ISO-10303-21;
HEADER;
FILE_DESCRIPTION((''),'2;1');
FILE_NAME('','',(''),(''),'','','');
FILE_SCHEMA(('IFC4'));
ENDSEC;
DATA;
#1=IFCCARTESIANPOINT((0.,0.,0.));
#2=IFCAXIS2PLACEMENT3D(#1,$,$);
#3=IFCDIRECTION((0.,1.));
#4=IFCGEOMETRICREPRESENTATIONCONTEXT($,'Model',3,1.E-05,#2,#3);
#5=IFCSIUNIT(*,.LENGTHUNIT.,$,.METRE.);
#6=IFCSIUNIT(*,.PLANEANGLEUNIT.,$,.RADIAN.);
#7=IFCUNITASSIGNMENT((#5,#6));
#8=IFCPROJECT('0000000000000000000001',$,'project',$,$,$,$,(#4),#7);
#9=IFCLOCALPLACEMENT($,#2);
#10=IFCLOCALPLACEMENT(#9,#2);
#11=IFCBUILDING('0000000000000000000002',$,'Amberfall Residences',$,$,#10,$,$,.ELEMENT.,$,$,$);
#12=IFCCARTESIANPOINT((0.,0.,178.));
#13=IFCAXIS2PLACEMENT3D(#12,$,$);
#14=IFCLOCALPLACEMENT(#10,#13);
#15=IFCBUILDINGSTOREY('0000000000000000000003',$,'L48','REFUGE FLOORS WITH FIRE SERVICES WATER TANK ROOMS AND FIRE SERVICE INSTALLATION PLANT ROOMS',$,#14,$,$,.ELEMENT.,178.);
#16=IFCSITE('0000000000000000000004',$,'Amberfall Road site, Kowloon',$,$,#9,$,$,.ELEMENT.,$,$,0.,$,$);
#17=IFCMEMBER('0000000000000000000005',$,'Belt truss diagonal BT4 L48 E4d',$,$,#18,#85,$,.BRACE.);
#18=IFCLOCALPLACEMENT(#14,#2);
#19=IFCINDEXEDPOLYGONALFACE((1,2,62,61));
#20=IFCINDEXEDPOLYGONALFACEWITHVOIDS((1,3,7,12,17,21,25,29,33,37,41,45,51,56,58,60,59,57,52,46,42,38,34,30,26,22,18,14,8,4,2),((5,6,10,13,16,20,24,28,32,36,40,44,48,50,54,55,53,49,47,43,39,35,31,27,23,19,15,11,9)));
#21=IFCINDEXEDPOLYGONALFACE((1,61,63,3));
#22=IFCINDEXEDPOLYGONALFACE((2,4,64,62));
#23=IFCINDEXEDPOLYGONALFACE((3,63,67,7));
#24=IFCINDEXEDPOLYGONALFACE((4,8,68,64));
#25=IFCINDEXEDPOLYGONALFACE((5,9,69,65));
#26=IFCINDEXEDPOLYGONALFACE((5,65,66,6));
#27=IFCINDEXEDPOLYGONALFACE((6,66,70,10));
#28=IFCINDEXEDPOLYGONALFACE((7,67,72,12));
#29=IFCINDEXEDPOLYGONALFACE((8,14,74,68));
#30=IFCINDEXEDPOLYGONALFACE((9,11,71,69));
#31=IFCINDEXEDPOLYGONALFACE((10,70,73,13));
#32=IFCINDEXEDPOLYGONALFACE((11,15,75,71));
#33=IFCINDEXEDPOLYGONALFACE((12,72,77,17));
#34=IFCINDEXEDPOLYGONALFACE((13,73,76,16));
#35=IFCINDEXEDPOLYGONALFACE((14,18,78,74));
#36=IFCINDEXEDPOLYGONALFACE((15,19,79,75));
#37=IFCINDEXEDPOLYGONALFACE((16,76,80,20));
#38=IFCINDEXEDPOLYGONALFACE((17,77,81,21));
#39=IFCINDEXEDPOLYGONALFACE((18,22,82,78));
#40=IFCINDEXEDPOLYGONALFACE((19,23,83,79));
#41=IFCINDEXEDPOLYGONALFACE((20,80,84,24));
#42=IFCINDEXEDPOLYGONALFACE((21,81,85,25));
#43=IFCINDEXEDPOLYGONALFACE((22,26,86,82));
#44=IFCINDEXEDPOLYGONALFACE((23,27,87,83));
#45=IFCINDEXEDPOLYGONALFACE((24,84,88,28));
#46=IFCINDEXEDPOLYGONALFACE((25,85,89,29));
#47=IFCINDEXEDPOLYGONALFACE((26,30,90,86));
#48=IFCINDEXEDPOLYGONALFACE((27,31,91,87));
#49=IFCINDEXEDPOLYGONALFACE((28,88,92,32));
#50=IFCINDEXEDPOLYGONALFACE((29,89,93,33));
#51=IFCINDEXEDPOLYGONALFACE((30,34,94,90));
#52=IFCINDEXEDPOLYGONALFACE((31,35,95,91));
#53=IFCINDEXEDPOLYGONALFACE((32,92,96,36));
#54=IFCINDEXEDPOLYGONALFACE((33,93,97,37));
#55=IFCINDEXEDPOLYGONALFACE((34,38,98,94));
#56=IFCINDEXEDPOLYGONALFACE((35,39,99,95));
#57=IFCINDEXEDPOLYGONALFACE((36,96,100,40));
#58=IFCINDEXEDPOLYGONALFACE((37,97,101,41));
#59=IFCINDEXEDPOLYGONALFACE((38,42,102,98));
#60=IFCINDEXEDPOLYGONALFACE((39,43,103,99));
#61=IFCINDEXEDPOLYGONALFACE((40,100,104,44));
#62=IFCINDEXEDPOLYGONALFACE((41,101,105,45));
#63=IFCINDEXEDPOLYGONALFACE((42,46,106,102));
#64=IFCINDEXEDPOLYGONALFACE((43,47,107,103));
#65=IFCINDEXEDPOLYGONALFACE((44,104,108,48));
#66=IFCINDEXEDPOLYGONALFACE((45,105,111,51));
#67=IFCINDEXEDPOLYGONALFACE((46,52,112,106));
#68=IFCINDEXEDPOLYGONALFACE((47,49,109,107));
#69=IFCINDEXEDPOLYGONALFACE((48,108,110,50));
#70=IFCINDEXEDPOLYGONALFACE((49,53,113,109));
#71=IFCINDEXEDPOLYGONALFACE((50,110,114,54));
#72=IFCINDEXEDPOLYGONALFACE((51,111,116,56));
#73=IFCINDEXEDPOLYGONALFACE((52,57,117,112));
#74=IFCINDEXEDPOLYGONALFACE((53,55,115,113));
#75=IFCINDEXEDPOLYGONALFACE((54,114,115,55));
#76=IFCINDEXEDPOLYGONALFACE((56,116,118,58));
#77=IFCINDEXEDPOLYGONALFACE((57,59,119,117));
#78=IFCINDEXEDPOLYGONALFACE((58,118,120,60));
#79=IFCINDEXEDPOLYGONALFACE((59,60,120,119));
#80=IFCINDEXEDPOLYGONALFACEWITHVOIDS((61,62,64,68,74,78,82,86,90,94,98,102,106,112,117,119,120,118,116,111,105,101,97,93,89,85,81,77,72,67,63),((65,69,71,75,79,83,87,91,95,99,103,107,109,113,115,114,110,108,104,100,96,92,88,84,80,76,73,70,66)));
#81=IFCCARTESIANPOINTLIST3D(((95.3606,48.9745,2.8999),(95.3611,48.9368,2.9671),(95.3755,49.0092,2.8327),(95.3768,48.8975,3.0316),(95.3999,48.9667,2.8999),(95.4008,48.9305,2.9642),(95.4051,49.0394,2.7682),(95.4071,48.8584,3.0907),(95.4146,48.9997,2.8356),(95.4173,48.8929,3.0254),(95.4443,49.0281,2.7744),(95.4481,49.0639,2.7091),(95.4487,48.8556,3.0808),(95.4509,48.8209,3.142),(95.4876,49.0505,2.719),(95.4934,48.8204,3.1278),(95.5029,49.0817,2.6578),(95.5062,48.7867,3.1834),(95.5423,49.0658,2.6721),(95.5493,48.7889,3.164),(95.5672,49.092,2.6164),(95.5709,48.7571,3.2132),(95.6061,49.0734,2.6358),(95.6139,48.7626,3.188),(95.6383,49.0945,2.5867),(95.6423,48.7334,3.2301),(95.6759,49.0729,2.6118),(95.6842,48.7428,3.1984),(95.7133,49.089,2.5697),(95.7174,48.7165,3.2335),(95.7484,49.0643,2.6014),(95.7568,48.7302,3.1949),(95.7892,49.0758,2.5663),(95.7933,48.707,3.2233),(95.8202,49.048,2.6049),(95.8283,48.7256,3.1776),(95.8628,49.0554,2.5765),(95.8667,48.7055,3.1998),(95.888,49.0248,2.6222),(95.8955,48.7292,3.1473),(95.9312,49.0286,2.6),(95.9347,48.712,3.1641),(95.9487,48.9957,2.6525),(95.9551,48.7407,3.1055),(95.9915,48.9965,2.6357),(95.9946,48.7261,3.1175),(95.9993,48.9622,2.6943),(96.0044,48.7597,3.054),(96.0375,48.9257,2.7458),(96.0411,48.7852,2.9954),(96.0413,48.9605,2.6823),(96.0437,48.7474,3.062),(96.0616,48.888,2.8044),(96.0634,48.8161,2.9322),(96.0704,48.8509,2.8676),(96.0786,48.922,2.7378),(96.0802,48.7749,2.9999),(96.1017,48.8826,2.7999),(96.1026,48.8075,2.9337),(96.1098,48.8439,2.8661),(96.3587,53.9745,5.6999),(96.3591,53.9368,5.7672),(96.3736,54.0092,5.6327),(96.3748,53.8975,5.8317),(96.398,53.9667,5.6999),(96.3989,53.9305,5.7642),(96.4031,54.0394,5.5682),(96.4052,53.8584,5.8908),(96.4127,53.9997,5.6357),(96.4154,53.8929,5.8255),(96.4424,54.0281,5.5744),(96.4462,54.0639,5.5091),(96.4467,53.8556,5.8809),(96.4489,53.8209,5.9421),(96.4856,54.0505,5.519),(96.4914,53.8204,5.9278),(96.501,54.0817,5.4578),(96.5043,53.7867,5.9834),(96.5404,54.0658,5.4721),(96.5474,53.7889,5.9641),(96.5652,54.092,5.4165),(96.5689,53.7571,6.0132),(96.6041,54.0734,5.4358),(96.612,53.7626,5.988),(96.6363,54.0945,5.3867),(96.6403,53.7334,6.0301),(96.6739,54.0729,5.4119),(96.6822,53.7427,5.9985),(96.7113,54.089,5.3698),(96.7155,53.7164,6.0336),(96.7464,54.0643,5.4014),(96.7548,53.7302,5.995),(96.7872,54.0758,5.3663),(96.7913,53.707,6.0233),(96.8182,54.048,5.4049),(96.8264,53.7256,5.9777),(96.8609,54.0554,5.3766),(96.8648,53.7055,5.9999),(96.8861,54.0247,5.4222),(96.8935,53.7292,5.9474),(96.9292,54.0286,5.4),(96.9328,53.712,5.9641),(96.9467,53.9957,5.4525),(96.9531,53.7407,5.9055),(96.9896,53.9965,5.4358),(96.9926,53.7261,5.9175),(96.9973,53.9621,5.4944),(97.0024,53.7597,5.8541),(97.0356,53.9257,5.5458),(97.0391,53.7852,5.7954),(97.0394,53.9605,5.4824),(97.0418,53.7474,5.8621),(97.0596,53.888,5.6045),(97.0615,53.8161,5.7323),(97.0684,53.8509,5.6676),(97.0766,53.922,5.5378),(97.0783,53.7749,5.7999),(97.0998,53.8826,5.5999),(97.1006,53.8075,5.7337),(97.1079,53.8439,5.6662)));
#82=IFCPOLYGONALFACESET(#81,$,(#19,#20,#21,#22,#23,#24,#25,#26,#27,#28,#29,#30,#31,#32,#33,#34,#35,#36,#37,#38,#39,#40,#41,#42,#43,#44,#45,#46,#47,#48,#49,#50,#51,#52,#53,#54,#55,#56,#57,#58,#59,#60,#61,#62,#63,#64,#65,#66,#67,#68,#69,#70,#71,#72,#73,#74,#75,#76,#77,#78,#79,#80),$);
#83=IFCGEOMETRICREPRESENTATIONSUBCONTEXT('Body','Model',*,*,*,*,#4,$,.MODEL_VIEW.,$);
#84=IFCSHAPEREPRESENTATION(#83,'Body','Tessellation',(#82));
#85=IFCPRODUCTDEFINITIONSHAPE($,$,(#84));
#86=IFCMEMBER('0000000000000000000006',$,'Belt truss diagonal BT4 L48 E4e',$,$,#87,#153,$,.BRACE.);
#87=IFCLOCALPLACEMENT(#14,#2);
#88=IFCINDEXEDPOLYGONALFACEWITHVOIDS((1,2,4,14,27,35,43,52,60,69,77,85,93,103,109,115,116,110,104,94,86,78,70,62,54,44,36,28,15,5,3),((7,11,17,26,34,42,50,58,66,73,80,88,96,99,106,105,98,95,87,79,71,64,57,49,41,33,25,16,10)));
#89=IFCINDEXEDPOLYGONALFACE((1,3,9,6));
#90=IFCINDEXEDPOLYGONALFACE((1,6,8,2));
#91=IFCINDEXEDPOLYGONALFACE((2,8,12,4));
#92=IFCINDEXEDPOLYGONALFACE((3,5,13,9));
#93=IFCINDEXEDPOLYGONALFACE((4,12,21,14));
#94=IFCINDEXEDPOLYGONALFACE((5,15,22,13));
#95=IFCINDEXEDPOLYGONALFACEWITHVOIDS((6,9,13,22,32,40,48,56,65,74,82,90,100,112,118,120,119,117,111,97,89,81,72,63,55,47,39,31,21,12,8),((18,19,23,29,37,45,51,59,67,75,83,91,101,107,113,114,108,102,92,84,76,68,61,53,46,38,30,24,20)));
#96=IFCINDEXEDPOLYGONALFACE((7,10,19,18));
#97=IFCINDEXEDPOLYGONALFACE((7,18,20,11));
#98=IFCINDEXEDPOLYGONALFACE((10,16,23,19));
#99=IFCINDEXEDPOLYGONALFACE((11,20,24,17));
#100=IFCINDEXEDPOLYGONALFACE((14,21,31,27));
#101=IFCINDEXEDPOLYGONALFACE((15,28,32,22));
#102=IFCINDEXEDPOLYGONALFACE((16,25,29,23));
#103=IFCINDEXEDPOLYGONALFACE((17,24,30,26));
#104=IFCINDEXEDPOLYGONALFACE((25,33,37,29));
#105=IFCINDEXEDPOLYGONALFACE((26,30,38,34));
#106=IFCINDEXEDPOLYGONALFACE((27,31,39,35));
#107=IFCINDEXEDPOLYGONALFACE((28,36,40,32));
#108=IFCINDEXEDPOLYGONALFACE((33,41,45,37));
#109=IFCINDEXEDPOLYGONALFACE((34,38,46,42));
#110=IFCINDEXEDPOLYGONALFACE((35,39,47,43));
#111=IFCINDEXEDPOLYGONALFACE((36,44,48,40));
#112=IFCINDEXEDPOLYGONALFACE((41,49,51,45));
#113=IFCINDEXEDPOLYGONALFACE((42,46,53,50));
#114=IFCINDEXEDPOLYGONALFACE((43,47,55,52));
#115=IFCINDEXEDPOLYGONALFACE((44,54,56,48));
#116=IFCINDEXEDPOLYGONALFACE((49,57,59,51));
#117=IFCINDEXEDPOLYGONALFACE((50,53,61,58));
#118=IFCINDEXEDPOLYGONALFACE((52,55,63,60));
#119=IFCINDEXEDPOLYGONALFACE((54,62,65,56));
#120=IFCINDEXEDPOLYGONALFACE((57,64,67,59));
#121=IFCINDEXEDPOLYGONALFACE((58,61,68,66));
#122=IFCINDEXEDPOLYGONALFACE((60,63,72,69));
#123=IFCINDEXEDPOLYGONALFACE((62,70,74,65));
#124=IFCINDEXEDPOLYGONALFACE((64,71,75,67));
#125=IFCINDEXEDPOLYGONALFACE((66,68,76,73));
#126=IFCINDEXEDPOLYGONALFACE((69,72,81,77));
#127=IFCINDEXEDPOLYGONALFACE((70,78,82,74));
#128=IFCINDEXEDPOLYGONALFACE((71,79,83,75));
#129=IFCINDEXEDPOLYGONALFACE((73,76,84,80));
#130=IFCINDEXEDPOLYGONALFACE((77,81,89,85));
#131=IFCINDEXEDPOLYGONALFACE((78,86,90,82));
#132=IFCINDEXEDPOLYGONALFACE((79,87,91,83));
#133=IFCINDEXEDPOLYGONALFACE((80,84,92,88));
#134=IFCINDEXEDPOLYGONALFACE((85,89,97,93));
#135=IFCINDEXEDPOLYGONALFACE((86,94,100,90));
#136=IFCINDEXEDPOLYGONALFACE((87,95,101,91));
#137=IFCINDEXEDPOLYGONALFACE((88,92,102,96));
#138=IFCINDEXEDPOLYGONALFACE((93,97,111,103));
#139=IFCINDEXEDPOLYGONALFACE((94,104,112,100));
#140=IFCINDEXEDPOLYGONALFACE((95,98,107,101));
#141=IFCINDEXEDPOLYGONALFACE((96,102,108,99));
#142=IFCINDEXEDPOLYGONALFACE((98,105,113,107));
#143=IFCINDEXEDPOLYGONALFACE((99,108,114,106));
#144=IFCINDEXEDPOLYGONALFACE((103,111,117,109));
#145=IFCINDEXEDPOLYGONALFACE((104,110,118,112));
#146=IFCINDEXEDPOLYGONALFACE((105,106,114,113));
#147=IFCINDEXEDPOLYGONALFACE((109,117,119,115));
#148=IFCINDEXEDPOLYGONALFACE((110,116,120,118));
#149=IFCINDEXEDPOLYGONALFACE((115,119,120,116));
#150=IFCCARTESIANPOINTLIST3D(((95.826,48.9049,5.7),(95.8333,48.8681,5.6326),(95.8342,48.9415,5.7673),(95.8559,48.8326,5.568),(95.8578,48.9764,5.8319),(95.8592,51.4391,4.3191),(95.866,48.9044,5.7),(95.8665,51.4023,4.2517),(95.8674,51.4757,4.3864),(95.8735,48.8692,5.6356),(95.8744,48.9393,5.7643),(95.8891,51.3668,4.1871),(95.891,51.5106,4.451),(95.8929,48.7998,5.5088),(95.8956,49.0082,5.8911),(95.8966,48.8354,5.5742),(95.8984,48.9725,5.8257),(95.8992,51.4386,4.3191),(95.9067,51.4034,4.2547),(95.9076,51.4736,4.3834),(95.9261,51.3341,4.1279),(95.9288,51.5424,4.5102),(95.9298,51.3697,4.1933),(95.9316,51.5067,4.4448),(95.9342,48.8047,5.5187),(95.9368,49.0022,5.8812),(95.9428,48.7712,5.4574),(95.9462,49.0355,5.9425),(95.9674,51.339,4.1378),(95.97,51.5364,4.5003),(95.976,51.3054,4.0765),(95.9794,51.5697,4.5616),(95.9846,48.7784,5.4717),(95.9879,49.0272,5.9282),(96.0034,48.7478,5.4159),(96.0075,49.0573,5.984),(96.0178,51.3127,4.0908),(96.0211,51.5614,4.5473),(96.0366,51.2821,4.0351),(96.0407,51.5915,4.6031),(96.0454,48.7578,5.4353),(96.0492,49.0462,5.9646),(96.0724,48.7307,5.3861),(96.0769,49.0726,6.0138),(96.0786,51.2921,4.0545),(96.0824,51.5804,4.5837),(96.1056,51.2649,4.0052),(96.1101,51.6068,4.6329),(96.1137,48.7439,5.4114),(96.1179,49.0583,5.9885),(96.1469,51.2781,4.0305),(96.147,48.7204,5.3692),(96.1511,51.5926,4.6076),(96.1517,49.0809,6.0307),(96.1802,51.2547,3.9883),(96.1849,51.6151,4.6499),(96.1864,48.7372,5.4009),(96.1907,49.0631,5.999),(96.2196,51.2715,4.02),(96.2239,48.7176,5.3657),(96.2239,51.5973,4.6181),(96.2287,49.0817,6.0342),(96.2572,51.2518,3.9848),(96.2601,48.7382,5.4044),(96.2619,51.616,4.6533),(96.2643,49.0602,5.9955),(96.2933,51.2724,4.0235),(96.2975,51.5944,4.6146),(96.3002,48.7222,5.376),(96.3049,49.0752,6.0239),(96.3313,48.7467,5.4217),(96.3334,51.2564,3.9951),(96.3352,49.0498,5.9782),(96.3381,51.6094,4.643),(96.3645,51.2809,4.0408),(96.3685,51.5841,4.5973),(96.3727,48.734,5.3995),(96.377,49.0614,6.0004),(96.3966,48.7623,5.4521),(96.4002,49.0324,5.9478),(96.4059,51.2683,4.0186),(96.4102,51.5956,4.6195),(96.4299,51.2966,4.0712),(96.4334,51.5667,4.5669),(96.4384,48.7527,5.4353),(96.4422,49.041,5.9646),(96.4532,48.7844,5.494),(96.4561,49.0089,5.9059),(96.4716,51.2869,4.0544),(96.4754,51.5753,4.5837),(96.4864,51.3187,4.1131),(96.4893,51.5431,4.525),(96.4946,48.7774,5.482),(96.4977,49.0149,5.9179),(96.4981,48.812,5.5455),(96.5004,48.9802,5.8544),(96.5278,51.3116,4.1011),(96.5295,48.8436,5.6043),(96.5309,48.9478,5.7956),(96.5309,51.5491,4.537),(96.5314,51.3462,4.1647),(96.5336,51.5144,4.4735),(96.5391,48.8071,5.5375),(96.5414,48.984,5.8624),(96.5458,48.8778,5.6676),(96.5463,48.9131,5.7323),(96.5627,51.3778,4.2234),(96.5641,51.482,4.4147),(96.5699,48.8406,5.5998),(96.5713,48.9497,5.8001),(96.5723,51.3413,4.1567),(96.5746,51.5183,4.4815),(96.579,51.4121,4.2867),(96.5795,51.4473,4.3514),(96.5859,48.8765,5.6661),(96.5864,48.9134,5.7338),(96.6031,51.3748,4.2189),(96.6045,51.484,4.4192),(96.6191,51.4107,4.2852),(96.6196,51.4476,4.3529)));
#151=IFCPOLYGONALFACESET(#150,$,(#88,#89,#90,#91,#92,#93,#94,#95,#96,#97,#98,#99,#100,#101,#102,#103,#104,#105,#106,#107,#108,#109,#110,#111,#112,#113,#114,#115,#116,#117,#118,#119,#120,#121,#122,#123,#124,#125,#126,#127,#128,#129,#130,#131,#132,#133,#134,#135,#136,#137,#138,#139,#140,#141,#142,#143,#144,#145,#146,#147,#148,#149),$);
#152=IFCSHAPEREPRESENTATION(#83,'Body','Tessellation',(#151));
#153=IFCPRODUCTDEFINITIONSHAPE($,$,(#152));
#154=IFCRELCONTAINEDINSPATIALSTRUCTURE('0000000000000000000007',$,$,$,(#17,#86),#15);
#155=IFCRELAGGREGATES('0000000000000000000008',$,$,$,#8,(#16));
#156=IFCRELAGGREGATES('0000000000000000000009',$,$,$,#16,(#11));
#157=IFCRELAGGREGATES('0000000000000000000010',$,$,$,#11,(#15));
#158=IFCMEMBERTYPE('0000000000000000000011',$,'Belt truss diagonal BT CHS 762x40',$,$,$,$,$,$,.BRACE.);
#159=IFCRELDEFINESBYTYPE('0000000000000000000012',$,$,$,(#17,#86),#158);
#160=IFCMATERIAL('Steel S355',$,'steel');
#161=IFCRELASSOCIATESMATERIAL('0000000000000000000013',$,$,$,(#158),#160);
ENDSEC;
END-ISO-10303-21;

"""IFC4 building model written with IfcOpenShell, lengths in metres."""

from ifc_helpers import new_model, si_unit, direction, frame, origin, origin_2d, place, context, subcontext, project, spatial, hollow_circle, extrude, material, material_profile, profile_set, type_object, element, save


model = new_model("IFC4")

# Units and contexts
model_context = context("Model", 3, precision=1e-05, world=origin(), true_north=direction((0.0, 1.0)))
body_context = subcontext(model_context, "Body", "Model", "MODEL_VIEW")
ifc_project = project(units=[si_unit("LENGTHUNIT", "METRE"), si_unit("PLANEANGLEUNIT", "RADIAN")], contexts=[model_context])

# Site, building, storey
site_placement = place(None, origin())
site = spatial("IfcSite", under=ifc_project, at=site_placement, Name="Amberfall Road site, Kowloon", CompositionType="ELEMENT", RefElevation=0.0)
building_placement = place(site_placement, origin())
building = spatial("IfcBuilding", under=site, at=building_placement, Name="Amberfall Residences", CompositionType="ELEMENT")
storey_placement = place(building_placement, frame((0.0, 0.0, 178.0)))
storey = spatial("IfcBuildingStorey", under=building, at=storey_placement, Name="L48", Description="REFUGE FLOORS WITH FIRE SERVICES WATER TANK ROOMS AND FIRE SERVICE INSTALLATION PLANT ROOMS", CompositionType="ELEMENT", Elevation=178.0)

# Shared definitions
ifc_material_1 = material(Name="Steel S355", Category="steel")

# Members
ifc_material_profile_1 = material_profile(ifc_material_1, hollow_circle(Radius=0.3811, WallThickness=0.04, at=origin_2d()), Name="CHS 762x40")
ifc_profile_set_1 = profile_set([ifc_material_profile_1], Name="Steel S355")
member_type_1 = type_object("IfcMemberType", Name="Belt truss diagonal BT CHS 762x40", PredefinedType="BRACE", material=ifc_profile_set_1)
member_1_placement = place(storey_placement, frame((95.7344, 48.8999, 2.8999), z_axis=(0.171577, 0.859564, 0.481364), x_axis=(-0.980654, 0.195748, 0.0)))
element("IfcMember", 1, at=member_1_placement, inside=storey, type_object=member_type_1, Name="Belt truss diagonal BT4 L48 E4d", PredefinedType="BRACE", context=body_context, shape_type="SweptSolid", body=[
    extrude(hollow_circle(Radius=0.3811, WallThickness=0.04, at=origin_2d()), origin(), (0.0, 0.0, 1.0), 5.8169),
])
member_2_placement = place(storey_placement, frame((96.207, 48.8999, 5.7), z_axis=(0.011504, 0.878044, -0.478441), x_axis=(-0.999914, 0.013101, 0.0)))
element("IfcMember", 2, at=member_2_placement, inside=storey, type_object=member_type_1, Name="Belt truss diagonal BT4 L48 E4e", PredefinedType="BRACE", context=body_context, shape_type="SweptSolid", body=[
    extrude(hollow_circle(Radius=0.3811, WallThickness=0.04, at=origin_2d()), origin(), (0.0, 0.0, 1.0), 2.8862),
])

save(model, "model.ifc")
